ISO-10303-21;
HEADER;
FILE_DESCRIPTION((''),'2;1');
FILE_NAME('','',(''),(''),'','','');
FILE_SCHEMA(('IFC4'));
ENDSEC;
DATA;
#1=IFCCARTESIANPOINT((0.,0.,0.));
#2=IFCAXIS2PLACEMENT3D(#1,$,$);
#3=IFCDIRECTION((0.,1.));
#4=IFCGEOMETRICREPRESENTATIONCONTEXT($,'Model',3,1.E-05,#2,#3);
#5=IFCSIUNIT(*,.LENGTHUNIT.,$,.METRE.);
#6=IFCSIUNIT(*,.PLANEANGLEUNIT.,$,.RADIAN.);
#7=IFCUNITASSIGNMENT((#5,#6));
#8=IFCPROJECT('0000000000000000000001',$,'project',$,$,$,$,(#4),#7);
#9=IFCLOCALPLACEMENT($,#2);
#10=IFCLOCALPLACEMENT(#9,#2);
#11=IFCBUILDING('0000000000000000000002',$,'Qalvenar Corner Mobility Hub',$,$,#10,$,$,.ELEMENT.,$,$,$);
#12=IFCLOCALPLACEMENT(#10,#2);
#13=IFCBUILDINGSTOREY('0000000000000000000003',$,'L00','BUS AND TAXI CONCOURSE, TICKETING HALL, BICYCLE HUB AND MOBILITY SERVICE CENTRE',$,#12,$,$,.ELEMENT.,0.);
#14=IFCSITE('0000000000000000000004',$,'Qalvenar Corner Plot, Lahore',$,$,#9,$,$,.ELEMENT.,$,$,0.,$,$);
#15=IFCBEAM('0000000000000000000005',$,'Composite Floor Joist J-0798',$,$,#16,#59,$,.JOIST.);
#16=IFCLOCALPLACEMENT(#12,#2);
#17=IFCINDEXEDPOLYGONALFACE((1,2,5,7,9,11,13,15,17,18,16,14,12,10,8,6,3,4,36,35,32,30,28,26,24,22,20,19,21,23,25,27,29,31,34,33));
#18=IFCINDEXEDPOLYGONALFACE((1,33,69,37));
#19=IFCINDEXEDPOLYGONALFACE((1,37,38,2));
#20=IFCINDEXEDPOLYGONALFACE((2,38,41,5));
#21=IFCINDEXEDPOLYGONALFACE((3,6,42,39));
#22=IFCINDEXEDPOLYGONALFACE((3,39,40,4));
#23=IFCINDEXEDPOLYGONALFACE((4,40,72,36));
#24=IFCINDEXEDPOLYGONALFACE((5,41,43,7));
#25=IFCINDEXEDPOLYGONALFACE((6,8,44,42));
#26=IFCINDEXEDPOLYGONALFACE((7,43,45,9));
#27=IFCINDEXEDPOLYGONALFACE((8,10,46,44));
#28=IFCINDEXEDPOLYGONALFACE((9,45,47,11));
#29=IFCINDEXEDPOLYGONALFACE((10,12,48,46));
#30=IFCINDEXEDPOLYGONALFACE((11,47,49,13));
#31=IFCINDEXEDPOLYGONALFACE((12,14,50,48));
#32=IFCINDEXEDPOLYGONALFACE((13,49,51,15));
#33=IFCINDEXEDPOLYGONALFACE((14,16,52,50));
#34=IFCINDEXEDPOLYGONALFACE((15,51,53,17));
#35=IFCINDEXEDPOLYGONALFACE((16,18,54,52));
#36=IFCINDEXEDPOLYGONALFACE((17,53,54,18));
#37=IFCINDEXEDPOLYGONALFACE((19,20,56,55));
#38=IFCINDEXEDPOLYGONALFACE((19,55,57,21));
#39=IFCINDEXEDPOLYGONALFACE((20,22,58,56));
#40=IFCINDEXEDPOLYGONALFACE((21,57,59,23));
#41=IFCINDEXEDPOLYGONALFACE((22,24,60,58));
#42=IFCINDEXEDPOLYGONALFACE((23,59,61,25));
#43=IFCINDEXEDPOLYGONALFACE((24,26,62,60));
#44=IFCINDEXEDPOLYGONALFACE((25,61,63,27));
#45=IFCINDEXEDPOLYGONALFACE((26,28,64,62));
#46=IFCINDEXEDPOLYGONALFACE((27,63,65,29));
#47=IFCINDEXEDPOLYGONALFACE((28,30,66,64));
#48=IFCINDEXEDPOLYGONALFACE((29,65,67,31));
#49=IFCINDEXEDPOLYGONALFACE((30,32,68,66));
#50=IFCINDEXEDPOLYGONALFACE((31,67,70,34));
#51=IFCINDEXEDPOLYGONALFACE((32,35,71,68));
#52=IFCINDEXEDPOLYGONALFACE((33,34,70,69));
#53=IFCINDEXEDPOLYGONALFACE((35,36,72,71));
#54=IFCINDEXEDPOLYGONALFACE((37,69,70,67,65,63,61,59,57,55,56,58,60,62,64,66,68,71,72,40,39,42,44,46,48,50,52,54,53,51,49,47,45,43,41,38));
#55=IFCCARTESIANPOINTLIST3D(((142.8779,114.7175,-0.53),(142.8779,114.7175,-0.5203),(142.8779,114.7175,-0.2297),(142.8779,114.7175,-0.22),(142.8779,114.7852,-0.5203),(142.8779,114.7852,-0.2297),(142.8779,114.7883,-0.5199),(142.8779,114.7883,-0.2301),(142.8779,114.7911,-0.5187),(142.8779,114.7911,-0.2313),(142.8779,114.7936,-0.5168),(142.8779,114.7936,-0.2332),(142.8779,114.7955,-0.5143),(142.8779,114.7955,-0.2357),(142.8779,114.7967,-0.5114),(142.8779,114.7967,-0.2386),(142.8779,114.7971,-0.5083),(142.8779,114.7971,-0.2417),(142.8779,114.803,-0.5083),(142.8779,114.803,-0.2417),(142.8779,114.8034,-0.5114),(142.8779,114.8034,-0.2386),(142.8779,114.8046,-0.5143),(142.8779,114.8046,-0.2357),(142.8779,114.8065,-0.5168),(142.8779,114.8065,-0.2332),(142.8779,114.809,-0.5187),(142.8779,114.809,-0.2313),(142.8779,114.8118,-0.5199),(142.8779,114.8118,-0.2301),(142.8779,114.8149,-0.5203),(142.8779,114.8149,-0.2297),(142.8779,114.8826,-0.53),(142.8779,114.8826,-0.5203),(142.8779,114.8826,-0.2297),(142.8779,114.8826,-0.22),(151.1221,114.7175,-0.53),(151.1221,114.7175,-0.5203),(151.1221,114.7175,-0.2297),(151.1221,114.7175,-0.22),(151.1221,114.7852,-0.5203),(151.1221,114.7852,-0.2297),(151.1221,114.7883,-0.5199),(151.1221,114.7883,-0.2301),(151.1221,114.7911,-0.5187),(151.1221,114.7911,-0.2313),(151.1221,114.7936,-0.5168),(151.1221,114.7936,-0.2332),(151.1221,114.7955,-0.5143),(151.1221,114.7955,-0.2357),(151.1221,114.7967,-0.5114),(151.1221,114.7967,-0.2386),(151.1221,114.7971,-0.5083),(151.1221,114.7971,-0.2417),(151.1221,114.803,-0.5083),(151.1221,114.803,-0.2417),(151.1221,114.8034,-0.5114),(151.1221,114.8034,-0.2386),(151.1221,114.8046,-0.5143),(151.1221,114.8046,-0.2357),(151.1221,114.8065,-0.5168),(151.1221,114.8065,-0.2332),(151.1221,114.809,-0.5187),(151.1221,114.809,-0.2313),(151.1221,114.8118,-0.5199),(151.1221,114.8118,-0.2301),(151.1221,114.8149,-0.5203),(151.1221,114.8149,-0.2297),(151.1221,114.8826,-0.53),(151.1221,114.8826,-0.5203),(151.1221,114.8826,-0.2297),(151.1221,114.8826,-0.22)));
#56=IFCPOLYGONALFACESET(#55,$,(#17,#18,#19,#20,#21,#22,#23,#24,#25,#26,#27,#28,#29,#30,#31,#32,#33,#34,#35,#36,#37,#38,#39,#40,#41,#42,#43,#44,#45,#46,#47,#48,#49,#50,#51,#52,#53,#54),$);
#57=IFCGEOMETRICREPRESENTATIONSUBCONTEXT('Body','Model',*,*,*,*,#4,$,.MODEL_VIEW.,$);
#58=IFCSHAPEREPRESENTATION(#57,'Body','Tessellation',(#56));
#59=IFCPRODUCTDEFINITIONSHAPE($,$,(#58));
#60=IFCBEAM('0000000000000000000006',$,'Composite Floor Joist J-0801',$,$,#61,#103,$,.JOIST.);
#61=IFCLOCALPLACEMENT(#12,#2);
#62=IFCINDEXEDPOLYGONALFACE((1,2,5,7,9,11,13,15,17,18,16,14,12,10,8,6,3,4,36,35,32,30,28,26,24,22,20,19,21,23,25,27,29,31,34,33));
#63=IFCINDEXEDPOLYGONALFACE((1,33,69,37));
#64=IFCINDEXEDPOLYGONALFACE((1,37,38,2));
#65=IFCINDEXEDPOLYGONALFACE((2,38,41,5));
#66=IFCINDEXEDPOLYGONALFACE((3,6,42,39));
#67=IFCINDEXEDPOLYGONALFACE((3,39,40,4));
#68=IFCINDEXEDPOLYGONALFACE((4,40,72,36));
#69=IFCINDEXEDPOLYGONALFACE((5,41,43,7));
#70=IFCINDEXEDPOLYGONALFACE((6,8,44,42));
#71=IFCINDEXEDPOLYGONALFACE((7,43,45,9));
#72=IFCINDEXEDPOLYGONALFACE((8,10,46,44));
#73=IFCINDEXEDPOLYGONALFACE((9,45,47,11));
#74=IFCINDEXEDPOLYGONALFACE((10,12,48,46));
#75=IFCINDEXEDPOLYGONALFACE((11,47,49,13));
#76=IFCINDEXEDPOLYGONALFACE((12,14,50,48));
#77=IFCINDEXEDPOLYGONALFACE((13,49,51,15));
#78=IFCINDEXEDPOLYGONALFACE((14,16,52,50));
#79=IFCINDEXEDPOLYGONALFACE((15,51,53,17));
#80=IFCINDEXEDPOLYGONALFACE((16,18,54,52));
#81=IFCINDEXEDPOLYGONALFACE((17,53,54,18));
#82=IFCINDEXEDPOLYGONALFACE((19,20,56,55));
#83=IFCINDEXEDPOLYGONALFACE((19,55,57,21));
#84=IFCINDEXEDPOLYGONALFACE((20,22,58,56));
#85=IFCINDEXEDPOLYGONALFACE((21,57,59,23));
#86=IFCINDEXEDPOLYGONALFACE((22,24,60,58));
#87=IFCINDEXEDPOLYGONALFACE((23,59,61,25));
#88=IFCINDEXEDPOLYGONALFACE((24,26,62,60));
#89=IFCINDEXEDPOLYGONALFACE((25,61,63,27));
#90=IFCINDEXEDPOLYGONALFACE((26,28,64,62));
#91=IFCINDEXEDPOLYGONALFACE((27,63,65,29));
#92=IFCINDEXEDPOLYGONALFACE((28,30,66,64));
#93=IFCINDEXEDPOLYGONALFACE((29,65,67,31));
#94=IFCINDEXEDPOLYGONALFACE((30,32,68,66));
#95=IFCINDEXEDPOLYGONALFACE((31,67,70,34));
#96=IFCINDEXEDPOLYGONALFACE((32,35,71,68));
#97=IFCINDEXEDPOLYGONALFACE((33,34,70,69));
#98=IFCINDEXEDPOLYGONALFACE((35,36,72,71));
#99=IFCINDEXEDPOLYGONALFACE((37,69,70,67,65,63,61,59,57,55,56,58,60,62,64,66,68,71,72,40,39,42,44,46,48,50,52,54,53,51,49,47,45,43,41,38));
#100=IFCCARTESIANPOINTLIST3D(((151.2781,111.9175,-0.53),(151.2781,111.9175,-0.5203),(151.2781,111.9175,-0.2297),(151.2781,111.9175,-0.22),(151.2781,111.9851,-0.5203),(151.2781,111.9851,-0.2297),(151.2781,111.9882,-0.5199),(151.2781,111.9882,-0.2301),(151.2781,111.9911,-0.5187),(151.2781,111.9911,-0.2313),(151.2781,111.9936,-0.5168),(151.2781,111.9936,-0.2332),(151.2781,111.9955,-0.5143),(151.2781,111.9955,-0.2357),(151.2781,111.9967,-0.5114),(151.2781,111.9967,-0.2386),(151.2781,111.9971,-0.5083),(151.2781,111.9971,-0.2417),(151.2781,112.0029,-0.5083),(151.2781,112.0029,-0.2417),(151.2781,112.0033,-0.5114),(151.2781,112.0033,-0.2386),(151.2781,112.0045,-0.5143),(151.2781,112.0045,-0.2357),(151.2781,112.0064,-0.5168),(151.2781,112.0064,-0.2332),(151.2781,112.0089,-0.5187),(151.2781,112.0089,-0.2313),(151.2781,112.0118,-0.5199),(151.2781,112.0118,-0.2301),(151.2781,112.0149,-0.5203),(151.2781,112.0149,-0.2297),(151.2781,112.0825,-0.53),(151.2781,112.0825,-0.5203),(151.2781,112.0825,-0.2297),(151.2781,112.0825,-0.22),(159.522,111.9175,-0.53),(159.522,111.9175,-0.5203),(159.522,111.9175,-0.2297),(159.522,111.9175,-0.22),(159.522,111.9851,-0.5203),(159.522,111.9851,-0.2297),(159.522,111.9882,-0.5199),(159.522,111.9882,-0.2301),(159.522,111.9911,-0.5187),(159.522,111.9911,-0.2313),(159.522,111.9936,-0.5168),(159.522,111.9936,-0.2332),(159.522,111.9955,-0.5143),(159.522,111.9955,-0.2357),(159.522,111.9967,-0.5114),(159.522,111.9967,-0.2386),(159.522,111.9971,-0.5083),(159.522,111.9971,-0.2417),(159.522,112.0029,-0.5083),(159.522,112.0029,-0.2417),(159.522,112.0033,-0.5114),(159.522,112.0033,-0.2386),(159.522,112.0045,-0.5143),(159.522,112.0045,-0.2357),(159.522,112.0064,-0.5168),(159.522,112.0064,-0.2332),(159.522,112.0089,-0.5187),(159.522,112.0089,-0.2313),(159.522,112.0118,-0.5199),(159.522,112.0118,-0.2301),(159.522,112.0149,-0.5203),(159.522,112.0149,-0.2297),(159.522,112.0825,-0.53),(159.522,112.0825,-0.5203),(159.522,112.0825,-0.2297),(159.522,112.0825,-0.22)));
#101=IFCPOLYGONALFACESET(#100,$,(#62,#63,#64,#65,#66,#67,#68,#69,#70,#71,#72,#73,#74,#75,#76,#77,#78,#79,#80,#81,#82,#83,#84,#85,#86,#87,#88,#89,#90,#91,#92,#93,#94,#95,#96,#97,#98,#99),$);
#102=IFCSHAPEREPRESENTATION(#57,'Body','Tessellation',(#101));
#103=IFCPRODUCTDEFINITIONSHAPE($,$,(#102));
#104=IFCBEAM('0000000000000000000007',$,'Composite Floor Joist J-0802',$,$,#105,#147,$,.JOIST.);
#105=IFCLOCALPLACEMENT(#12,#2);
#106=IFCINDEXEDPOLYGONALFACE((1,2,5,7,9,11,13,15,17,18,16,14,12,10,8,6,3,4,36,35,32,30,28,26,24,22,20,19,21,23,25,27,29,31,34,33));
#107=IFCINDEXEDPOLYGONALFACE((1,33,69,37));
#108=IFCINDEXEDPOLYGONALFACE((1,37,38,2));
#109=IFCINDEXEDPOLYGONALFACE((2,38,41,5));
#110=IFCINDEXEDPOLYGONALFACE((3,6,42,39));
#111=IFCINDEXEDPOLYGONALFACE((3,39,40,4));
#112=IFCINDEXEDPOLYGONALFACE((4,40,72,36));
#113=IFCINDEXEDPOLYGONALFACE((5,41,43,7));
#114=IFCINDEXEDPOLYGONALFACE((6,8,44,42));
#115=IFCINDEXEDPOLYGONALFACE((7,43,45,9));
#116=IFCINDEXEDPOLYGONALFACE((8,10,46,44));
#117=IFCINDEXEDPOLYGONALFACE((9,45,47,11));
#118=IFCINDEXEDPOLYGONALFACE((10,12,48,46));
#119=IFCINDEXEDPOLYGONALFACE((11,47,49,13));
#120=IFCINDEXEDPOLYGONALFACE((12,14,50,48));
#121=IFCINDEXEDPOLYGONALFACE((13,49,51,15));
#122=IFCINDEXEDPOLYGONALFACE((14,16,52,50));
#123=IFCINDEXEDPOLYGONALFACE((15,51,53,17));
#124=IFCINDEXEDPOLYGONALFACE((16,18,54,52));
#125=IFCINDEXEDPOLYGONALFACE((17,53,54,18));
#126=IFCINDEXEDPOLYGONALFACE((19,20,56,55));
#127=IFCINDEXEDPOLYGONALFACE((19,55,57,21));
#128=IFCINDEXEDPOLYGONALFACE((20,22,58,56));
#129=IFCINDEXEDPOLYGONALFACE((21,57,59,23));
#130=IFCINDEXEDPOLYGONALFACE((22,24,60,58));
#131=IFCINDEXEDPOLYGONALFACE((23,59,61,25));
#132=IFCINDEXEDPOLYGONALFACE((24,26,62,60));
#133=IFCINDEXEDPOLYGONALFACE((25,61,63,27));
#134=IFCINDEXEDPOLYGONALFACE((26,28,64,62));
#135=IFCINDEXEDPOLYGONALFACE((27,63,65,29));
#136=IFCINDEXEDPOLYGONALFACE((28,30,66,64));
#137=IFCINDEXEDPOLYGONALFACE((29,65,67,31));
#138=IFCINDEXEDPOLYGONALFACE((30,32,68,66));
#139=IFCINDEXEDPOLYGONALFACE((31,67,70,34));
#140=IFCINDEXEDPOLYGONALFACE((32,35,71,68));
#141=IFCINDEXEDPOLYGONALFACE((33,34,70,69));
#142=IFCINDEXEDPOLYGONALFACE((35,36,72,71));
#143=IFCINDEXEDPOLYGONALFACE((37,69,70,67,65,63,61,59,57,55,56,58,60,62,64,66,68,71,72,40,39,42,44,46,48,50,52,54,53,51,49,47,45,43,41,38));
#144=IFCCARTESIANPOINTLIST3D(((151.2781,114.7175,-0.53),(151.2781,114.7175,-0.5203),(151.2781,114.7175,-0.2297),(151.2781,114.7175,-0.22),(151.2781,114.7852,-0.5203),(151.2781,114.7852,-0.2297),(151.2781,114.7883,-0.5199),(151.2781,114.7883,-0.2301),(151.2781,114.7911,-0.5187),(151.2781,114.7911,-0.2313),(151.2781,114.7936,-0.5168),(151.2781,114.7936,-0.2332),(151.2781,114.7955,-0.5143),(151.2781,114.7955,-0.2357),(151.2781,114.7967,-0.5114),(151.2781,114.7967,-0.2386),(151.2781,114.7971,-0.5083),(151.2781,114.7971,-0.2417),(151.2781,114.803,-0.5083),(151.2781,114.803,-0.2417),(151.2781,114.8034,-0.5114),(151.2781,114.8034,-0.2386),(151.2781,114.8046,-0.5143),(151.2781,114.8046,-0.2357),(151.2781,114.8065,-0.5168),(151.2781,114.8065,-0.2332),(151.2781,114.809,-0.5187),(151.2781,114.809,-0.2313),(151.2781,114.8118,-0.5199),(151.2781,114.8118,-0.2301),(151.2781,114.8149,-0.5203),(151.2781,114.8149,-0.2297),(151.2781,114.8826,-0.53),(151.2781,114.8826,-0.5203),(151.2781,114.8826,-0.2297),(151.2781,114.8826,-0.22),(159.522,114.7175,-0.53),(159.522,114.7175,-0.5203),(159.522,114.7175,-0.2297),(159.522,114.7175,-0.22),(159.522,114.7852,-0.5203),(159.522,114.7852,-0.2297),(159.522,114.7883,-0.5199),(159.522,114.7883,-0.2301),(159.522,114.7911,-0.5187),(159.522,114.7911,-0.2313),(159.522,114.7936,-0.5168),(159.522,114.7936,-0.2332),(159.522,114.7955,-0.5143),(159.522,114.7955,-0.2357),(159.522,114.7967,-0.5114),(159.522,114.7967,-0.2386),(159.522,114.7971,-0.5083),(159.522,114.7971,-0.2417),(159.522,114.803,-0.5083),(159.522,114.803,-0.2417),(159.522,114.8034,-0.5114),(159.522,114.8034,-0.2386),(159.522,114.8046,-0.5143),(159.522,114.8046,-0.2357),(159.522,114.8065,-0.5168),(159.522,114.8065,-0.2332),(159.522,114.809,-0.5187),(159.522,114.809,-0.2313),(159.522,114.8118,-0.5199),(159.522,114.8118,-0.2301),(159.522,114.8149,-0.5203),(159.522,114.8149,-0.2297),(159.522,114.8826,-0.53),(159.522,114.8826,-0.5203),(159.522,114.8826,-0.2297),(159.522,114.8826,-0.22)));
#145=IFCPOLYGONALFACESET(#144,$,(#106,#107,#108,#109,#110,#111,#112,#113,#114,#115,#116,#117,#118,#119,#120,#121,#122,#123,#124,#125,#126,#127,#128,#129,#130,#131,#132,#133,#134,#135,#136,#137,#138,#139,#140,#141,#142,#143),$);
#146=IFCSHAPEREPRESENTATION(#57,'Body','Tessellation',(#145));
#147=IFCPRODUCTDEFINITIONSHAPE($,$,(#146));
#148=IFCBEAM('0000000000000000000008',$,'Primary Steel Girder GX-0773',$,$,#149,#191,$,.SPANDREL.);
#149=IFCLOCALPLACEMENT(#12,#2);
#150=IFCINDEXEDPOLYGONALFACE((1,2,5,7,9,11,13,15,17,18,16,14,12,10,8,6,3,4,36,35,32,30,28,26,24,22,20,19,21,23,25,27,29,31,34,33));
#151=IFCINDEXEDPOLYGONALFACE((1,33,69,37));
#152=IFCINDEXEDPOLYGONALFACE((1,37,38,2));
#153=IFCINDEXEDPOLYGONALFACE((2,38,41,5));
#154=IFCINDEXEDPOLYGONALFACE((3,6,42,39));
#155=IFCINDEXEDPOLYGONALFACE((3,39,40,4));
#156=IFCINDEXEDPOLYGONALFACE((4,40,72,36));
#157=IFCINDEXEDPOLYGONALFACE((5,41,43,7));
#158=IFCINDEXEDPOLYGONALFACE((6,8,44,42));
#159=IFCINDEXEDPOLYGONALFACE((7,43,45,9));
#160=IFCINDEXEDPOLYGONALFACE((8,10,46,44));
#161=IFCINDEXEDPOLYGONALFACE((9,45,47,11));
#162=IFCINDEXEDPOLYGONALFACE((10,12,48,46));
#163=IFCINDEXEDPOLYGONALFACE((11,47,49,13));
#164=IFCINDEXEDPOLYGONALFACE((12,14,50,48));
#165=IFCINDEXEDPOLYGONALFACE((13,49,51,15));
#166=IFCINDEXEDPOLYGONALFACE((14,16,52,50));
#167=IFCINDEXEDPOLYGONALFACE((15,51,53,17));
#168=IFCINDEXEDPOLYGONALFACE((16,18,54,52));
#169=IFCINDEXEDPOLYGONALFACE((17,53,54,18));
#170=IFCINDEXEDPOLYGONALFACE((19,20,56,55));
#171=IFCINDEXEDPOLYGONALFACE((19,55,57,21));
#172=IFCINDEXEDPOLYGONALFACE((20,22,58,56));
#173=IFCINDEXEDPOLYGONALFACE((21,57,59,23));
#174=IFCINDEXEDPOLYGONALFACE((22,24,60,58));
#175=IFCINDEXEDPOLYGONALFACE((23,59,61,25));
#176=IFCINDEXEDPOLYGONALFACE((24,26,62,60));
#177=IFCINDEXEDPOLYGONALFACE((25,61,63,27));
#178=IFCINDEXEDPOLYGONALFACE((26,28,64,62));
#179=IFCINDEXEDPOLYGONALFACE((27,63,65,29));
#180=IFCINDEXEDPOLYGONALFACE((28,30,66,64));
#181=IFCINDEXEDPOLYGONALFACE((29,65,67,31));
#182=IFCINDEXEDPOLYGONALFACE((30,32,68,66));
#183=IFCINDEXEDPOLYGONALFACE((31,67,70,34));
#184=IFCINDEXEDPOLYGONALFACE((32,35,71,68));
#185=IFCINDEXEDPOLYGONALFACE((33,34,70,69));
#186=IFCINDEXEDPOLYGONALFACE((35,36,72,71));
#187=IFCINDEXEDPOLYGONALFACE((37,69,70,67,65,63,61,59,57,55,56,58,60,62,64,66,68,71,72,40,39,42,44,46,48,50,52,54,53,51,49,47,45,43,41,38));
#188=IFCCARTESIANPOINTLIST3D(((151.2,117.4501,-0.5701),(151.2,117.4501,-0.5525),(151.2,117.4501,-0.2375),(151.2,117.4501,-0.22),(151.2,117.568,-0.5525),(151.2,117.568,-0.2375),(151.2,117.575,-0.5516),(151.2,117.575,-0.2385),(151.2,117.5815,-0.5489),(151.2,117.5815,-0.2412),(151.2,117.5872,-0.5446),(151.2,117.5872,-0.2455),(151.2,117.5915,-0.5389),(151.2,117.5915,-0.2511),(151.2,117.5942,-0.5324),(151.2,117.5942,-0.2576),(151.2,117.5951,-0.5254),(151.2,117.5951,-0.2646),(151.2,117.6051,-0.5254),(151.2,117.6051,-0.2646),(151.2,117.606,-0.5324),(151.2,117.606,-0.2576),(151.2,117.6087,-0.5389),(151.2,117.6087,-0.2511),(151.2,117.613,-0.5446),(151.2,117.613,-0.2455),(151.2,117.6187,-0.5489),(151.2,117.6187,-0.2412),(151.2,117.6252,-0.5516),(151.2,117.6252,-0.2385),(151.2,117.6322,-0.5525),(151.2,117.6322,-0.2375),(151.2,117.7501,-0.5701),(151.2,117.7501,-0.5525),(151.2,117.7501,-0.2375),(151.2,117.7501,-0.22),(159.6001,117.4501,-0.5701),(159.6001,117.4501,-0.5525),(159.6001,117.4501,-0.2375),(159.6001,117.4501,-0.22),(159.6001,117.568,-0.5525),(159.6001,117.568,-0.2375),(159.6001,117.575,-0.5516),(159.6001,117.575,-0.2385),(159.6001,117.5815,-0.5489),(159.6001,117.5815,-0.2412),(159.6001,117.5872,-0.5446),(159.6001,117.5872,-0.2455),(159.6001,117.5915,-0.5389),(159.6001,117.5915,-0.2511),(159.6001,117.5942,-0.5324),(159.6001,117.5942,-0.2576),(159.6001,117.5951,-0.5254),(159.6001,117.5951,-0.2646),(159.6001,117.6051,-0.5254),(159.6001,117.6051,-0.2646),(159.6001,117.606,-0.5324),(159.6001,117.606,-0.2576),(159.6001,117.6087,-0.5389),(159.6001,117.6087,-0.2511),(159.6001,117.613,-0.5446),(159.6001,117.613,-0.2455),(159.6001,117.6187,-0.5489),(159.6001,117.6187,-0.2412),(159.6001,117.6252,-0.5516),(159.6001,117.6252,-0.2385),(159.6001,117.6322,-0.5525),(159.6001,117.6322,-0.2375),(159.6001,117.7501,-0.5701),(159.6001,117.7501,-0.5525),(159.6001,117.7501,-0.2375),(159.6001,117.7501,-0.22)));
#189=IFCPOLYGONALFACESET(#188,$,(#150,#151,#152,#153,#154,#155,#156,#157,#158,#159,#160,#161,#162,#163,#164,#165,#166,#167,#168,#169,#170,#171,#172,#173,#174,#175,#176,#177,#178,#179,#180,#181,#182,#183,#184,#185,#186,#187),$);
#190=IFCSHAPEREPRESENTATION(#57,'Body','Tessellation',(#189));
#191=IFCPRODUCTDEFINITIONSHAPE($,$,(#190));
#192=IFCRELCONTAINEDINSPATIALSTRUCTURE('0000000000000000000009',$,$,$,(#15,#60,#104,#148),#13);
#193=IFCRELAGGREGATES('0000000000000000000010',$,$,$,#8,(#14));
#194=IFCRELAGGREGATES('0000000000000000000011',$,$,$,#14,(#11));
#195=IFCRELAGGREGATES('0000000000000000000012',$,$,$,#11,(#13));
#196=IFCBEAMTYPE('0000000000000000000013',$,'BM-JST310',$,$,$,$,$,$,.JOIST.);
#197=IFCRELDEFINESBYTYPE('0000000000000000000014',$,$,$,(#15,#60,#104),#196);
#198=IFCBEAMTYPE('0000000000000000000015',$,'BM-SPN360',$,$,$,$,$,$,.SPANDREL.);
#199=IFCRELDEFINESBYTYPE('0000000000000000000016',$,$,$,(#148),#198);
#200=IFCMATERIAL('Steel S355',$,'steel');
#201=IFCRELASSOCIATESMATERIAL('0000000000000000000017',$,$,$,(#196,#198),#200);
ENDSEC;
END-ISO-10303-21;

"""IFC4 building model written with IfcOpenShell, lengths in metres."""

from ifc_helpers import new_model, si_unit, direction, frame, origin, origin_2d, place, context, subcontext, project, spatial, i_section, extrude, material, material_profile, profile_set, type_object, element, save


model = new_model("IFC4")

# Units and contexts
model_context = context("Model", 3, precision=1e-05, world=origin(), true_north=direction((0.0, 1.0)))
body_context = subcontext(model_context, "Body", "Model", "MODEL_VIEW")
ifc_project = project(units=[si_unit("LENGTHUNIT", "METRE"), si_unit("PLANEANGLEUNIT", "RADIAN")], contexts=[model_context])

# Site, building, storey
site_placement = place(None, origin())
site = spatial("IfcSite", under=ifc_project, at=site_placement, Name="Qalvenar Corner Plot, Lahore", CompositionType="ELEMENT", RefElevation=0.0)
building_placement = place(site_placement, origin())
building = spatial("IfcBuilding", under=site, at=building_placement, Name="Qalvenar Corner Mobility Hub", CompositionType="ELEMENT")
storey_placement = place(building_placement, origin())
storey = spatial("IfcBuildingStorey", under=building, at=storey_placement, Name="L00", Description="BUS AND TAXI CONCOURSE, TICKETING HALL, BICYCLE HUB AND MOBILITY SERVICE CENTRE", CompositionType="ELEMENT", Elevation=0.0)

# Shared definitions
ifc_material_1 = material(Name="Steel S355", Category="steel")

# Beams
ifc_material_profile_1 = material_profile(ifc_material_1, i_section(OverallWidth=0.165, OverallDepth=0.3101, WebThickness=0.0059, FlangeThickness=0.0098, FilletRadius=0.012, at=origin_2d()), Name="W310x38.7")
ifc_profile_set_1 = profile_set([ifc_material_profile_1], Name="Steel S355")
beam_type_1 = type_object("IfcBeamType", Name="BM-JST310", PredefinedType="JOIST", material=ifc_profile_set_1)
for number, where, z_axis, x_axis, name in (
    (1, (142.8779, 114.8, -0.375), (1.0, 0.0, 0.0), (0.0, 1.0, 0.0), "Composite Floor Joist J-0798"),
):
    element("IfcBeam", number, at=place(storey_placement, frame(where, z_axis=z_axis, x_axis=x_axis)), inside=storey, type_object=beam_type_1, Name=name, PredefinedType="JOIST", context=body_context, shape_type="SweptSolid", body=[
        extrude(i_section(OverallWidth=0.165, OverallDepth=0.3101, WebThickness=0.0059, FlangeThickness=0.0098, FilletRadius=0.012, at=origin_2d()), origin(), (0.0, 0.0, 1.0), 8.2441),
    ])
for number, where, z_axis, x_axis, name in (
    (2, (151.2781, 112.0, -0.375), (1.0, 0.0, 0.0), (0.0, 1.0, 0.0), "Composite Floor Joist J-0801"),
    (3, (151.2781, 114.8, -0.375), (1.0, 0.0, 0.0), (0.0, 1.0, 0.0), "Composite Floor Joist J-0802"),
):
    element("IfcBeam", number, at=place(storey_placement, frame(where, z_axis=z_axis, x_axis=x_axis)), inside=storey, type_object=beam_type_1, Name=name, PredefinedType="JOIST", context=body_context, shape_type="SweptSolid", body=[
        extrude(i_section(OverallWidth=0.165, OverallDepth=0.3101, WebThickness=0.0059, FlangeThickness=0.0098, FilletRadius=0.012, at=origin_2d()), origin(), (0.0, 0.0, 1.0), 8.2439),
    ])
ifc_material_profile_2 = material_profile(ifc_material_1, i_section(OverallWidth=0.3, OverallDepth=0.3501, WebThickness=0.01, FlangeThickness=0.0176, FilletRadius=0.0271, at=origin_2d()), Name="HEA360")
ifc_profile_set_2 = profile_set([ifc_material_profile_2], Name="Steel S355")
beam_type_2 = type_object("IfcBeamType", Name="BM-SPN360", PredefinedType="SPANDREL", material=ifc_profile_set_2)
beam_1_placement = place(storey_placement, frame((151.2, 117.6001, -0.395), z_axis=(1.0, 0.0, 0.0), x_axis=(0.0, 1.0, 0.0)))
element("IfcBeam", 4, at=beam_1_placement, inside=storey, type_object=beam_type_2, Name="Primary Steel Girder GX-0773", PredefinedType="SPANDREL", context=body_context, shape_type="SweptSolid", body=[
    extrude(i_section(OverallWidth=0.3, OverallDepth=0.3501, WebThickness=0.01, FlangeThickness=0.0176, FilletRadius=0.0271, at=origin_2d()), origin(), (0.0, 0.0, 1.0), 8.4001),
])

save(model, "model.ifc")
